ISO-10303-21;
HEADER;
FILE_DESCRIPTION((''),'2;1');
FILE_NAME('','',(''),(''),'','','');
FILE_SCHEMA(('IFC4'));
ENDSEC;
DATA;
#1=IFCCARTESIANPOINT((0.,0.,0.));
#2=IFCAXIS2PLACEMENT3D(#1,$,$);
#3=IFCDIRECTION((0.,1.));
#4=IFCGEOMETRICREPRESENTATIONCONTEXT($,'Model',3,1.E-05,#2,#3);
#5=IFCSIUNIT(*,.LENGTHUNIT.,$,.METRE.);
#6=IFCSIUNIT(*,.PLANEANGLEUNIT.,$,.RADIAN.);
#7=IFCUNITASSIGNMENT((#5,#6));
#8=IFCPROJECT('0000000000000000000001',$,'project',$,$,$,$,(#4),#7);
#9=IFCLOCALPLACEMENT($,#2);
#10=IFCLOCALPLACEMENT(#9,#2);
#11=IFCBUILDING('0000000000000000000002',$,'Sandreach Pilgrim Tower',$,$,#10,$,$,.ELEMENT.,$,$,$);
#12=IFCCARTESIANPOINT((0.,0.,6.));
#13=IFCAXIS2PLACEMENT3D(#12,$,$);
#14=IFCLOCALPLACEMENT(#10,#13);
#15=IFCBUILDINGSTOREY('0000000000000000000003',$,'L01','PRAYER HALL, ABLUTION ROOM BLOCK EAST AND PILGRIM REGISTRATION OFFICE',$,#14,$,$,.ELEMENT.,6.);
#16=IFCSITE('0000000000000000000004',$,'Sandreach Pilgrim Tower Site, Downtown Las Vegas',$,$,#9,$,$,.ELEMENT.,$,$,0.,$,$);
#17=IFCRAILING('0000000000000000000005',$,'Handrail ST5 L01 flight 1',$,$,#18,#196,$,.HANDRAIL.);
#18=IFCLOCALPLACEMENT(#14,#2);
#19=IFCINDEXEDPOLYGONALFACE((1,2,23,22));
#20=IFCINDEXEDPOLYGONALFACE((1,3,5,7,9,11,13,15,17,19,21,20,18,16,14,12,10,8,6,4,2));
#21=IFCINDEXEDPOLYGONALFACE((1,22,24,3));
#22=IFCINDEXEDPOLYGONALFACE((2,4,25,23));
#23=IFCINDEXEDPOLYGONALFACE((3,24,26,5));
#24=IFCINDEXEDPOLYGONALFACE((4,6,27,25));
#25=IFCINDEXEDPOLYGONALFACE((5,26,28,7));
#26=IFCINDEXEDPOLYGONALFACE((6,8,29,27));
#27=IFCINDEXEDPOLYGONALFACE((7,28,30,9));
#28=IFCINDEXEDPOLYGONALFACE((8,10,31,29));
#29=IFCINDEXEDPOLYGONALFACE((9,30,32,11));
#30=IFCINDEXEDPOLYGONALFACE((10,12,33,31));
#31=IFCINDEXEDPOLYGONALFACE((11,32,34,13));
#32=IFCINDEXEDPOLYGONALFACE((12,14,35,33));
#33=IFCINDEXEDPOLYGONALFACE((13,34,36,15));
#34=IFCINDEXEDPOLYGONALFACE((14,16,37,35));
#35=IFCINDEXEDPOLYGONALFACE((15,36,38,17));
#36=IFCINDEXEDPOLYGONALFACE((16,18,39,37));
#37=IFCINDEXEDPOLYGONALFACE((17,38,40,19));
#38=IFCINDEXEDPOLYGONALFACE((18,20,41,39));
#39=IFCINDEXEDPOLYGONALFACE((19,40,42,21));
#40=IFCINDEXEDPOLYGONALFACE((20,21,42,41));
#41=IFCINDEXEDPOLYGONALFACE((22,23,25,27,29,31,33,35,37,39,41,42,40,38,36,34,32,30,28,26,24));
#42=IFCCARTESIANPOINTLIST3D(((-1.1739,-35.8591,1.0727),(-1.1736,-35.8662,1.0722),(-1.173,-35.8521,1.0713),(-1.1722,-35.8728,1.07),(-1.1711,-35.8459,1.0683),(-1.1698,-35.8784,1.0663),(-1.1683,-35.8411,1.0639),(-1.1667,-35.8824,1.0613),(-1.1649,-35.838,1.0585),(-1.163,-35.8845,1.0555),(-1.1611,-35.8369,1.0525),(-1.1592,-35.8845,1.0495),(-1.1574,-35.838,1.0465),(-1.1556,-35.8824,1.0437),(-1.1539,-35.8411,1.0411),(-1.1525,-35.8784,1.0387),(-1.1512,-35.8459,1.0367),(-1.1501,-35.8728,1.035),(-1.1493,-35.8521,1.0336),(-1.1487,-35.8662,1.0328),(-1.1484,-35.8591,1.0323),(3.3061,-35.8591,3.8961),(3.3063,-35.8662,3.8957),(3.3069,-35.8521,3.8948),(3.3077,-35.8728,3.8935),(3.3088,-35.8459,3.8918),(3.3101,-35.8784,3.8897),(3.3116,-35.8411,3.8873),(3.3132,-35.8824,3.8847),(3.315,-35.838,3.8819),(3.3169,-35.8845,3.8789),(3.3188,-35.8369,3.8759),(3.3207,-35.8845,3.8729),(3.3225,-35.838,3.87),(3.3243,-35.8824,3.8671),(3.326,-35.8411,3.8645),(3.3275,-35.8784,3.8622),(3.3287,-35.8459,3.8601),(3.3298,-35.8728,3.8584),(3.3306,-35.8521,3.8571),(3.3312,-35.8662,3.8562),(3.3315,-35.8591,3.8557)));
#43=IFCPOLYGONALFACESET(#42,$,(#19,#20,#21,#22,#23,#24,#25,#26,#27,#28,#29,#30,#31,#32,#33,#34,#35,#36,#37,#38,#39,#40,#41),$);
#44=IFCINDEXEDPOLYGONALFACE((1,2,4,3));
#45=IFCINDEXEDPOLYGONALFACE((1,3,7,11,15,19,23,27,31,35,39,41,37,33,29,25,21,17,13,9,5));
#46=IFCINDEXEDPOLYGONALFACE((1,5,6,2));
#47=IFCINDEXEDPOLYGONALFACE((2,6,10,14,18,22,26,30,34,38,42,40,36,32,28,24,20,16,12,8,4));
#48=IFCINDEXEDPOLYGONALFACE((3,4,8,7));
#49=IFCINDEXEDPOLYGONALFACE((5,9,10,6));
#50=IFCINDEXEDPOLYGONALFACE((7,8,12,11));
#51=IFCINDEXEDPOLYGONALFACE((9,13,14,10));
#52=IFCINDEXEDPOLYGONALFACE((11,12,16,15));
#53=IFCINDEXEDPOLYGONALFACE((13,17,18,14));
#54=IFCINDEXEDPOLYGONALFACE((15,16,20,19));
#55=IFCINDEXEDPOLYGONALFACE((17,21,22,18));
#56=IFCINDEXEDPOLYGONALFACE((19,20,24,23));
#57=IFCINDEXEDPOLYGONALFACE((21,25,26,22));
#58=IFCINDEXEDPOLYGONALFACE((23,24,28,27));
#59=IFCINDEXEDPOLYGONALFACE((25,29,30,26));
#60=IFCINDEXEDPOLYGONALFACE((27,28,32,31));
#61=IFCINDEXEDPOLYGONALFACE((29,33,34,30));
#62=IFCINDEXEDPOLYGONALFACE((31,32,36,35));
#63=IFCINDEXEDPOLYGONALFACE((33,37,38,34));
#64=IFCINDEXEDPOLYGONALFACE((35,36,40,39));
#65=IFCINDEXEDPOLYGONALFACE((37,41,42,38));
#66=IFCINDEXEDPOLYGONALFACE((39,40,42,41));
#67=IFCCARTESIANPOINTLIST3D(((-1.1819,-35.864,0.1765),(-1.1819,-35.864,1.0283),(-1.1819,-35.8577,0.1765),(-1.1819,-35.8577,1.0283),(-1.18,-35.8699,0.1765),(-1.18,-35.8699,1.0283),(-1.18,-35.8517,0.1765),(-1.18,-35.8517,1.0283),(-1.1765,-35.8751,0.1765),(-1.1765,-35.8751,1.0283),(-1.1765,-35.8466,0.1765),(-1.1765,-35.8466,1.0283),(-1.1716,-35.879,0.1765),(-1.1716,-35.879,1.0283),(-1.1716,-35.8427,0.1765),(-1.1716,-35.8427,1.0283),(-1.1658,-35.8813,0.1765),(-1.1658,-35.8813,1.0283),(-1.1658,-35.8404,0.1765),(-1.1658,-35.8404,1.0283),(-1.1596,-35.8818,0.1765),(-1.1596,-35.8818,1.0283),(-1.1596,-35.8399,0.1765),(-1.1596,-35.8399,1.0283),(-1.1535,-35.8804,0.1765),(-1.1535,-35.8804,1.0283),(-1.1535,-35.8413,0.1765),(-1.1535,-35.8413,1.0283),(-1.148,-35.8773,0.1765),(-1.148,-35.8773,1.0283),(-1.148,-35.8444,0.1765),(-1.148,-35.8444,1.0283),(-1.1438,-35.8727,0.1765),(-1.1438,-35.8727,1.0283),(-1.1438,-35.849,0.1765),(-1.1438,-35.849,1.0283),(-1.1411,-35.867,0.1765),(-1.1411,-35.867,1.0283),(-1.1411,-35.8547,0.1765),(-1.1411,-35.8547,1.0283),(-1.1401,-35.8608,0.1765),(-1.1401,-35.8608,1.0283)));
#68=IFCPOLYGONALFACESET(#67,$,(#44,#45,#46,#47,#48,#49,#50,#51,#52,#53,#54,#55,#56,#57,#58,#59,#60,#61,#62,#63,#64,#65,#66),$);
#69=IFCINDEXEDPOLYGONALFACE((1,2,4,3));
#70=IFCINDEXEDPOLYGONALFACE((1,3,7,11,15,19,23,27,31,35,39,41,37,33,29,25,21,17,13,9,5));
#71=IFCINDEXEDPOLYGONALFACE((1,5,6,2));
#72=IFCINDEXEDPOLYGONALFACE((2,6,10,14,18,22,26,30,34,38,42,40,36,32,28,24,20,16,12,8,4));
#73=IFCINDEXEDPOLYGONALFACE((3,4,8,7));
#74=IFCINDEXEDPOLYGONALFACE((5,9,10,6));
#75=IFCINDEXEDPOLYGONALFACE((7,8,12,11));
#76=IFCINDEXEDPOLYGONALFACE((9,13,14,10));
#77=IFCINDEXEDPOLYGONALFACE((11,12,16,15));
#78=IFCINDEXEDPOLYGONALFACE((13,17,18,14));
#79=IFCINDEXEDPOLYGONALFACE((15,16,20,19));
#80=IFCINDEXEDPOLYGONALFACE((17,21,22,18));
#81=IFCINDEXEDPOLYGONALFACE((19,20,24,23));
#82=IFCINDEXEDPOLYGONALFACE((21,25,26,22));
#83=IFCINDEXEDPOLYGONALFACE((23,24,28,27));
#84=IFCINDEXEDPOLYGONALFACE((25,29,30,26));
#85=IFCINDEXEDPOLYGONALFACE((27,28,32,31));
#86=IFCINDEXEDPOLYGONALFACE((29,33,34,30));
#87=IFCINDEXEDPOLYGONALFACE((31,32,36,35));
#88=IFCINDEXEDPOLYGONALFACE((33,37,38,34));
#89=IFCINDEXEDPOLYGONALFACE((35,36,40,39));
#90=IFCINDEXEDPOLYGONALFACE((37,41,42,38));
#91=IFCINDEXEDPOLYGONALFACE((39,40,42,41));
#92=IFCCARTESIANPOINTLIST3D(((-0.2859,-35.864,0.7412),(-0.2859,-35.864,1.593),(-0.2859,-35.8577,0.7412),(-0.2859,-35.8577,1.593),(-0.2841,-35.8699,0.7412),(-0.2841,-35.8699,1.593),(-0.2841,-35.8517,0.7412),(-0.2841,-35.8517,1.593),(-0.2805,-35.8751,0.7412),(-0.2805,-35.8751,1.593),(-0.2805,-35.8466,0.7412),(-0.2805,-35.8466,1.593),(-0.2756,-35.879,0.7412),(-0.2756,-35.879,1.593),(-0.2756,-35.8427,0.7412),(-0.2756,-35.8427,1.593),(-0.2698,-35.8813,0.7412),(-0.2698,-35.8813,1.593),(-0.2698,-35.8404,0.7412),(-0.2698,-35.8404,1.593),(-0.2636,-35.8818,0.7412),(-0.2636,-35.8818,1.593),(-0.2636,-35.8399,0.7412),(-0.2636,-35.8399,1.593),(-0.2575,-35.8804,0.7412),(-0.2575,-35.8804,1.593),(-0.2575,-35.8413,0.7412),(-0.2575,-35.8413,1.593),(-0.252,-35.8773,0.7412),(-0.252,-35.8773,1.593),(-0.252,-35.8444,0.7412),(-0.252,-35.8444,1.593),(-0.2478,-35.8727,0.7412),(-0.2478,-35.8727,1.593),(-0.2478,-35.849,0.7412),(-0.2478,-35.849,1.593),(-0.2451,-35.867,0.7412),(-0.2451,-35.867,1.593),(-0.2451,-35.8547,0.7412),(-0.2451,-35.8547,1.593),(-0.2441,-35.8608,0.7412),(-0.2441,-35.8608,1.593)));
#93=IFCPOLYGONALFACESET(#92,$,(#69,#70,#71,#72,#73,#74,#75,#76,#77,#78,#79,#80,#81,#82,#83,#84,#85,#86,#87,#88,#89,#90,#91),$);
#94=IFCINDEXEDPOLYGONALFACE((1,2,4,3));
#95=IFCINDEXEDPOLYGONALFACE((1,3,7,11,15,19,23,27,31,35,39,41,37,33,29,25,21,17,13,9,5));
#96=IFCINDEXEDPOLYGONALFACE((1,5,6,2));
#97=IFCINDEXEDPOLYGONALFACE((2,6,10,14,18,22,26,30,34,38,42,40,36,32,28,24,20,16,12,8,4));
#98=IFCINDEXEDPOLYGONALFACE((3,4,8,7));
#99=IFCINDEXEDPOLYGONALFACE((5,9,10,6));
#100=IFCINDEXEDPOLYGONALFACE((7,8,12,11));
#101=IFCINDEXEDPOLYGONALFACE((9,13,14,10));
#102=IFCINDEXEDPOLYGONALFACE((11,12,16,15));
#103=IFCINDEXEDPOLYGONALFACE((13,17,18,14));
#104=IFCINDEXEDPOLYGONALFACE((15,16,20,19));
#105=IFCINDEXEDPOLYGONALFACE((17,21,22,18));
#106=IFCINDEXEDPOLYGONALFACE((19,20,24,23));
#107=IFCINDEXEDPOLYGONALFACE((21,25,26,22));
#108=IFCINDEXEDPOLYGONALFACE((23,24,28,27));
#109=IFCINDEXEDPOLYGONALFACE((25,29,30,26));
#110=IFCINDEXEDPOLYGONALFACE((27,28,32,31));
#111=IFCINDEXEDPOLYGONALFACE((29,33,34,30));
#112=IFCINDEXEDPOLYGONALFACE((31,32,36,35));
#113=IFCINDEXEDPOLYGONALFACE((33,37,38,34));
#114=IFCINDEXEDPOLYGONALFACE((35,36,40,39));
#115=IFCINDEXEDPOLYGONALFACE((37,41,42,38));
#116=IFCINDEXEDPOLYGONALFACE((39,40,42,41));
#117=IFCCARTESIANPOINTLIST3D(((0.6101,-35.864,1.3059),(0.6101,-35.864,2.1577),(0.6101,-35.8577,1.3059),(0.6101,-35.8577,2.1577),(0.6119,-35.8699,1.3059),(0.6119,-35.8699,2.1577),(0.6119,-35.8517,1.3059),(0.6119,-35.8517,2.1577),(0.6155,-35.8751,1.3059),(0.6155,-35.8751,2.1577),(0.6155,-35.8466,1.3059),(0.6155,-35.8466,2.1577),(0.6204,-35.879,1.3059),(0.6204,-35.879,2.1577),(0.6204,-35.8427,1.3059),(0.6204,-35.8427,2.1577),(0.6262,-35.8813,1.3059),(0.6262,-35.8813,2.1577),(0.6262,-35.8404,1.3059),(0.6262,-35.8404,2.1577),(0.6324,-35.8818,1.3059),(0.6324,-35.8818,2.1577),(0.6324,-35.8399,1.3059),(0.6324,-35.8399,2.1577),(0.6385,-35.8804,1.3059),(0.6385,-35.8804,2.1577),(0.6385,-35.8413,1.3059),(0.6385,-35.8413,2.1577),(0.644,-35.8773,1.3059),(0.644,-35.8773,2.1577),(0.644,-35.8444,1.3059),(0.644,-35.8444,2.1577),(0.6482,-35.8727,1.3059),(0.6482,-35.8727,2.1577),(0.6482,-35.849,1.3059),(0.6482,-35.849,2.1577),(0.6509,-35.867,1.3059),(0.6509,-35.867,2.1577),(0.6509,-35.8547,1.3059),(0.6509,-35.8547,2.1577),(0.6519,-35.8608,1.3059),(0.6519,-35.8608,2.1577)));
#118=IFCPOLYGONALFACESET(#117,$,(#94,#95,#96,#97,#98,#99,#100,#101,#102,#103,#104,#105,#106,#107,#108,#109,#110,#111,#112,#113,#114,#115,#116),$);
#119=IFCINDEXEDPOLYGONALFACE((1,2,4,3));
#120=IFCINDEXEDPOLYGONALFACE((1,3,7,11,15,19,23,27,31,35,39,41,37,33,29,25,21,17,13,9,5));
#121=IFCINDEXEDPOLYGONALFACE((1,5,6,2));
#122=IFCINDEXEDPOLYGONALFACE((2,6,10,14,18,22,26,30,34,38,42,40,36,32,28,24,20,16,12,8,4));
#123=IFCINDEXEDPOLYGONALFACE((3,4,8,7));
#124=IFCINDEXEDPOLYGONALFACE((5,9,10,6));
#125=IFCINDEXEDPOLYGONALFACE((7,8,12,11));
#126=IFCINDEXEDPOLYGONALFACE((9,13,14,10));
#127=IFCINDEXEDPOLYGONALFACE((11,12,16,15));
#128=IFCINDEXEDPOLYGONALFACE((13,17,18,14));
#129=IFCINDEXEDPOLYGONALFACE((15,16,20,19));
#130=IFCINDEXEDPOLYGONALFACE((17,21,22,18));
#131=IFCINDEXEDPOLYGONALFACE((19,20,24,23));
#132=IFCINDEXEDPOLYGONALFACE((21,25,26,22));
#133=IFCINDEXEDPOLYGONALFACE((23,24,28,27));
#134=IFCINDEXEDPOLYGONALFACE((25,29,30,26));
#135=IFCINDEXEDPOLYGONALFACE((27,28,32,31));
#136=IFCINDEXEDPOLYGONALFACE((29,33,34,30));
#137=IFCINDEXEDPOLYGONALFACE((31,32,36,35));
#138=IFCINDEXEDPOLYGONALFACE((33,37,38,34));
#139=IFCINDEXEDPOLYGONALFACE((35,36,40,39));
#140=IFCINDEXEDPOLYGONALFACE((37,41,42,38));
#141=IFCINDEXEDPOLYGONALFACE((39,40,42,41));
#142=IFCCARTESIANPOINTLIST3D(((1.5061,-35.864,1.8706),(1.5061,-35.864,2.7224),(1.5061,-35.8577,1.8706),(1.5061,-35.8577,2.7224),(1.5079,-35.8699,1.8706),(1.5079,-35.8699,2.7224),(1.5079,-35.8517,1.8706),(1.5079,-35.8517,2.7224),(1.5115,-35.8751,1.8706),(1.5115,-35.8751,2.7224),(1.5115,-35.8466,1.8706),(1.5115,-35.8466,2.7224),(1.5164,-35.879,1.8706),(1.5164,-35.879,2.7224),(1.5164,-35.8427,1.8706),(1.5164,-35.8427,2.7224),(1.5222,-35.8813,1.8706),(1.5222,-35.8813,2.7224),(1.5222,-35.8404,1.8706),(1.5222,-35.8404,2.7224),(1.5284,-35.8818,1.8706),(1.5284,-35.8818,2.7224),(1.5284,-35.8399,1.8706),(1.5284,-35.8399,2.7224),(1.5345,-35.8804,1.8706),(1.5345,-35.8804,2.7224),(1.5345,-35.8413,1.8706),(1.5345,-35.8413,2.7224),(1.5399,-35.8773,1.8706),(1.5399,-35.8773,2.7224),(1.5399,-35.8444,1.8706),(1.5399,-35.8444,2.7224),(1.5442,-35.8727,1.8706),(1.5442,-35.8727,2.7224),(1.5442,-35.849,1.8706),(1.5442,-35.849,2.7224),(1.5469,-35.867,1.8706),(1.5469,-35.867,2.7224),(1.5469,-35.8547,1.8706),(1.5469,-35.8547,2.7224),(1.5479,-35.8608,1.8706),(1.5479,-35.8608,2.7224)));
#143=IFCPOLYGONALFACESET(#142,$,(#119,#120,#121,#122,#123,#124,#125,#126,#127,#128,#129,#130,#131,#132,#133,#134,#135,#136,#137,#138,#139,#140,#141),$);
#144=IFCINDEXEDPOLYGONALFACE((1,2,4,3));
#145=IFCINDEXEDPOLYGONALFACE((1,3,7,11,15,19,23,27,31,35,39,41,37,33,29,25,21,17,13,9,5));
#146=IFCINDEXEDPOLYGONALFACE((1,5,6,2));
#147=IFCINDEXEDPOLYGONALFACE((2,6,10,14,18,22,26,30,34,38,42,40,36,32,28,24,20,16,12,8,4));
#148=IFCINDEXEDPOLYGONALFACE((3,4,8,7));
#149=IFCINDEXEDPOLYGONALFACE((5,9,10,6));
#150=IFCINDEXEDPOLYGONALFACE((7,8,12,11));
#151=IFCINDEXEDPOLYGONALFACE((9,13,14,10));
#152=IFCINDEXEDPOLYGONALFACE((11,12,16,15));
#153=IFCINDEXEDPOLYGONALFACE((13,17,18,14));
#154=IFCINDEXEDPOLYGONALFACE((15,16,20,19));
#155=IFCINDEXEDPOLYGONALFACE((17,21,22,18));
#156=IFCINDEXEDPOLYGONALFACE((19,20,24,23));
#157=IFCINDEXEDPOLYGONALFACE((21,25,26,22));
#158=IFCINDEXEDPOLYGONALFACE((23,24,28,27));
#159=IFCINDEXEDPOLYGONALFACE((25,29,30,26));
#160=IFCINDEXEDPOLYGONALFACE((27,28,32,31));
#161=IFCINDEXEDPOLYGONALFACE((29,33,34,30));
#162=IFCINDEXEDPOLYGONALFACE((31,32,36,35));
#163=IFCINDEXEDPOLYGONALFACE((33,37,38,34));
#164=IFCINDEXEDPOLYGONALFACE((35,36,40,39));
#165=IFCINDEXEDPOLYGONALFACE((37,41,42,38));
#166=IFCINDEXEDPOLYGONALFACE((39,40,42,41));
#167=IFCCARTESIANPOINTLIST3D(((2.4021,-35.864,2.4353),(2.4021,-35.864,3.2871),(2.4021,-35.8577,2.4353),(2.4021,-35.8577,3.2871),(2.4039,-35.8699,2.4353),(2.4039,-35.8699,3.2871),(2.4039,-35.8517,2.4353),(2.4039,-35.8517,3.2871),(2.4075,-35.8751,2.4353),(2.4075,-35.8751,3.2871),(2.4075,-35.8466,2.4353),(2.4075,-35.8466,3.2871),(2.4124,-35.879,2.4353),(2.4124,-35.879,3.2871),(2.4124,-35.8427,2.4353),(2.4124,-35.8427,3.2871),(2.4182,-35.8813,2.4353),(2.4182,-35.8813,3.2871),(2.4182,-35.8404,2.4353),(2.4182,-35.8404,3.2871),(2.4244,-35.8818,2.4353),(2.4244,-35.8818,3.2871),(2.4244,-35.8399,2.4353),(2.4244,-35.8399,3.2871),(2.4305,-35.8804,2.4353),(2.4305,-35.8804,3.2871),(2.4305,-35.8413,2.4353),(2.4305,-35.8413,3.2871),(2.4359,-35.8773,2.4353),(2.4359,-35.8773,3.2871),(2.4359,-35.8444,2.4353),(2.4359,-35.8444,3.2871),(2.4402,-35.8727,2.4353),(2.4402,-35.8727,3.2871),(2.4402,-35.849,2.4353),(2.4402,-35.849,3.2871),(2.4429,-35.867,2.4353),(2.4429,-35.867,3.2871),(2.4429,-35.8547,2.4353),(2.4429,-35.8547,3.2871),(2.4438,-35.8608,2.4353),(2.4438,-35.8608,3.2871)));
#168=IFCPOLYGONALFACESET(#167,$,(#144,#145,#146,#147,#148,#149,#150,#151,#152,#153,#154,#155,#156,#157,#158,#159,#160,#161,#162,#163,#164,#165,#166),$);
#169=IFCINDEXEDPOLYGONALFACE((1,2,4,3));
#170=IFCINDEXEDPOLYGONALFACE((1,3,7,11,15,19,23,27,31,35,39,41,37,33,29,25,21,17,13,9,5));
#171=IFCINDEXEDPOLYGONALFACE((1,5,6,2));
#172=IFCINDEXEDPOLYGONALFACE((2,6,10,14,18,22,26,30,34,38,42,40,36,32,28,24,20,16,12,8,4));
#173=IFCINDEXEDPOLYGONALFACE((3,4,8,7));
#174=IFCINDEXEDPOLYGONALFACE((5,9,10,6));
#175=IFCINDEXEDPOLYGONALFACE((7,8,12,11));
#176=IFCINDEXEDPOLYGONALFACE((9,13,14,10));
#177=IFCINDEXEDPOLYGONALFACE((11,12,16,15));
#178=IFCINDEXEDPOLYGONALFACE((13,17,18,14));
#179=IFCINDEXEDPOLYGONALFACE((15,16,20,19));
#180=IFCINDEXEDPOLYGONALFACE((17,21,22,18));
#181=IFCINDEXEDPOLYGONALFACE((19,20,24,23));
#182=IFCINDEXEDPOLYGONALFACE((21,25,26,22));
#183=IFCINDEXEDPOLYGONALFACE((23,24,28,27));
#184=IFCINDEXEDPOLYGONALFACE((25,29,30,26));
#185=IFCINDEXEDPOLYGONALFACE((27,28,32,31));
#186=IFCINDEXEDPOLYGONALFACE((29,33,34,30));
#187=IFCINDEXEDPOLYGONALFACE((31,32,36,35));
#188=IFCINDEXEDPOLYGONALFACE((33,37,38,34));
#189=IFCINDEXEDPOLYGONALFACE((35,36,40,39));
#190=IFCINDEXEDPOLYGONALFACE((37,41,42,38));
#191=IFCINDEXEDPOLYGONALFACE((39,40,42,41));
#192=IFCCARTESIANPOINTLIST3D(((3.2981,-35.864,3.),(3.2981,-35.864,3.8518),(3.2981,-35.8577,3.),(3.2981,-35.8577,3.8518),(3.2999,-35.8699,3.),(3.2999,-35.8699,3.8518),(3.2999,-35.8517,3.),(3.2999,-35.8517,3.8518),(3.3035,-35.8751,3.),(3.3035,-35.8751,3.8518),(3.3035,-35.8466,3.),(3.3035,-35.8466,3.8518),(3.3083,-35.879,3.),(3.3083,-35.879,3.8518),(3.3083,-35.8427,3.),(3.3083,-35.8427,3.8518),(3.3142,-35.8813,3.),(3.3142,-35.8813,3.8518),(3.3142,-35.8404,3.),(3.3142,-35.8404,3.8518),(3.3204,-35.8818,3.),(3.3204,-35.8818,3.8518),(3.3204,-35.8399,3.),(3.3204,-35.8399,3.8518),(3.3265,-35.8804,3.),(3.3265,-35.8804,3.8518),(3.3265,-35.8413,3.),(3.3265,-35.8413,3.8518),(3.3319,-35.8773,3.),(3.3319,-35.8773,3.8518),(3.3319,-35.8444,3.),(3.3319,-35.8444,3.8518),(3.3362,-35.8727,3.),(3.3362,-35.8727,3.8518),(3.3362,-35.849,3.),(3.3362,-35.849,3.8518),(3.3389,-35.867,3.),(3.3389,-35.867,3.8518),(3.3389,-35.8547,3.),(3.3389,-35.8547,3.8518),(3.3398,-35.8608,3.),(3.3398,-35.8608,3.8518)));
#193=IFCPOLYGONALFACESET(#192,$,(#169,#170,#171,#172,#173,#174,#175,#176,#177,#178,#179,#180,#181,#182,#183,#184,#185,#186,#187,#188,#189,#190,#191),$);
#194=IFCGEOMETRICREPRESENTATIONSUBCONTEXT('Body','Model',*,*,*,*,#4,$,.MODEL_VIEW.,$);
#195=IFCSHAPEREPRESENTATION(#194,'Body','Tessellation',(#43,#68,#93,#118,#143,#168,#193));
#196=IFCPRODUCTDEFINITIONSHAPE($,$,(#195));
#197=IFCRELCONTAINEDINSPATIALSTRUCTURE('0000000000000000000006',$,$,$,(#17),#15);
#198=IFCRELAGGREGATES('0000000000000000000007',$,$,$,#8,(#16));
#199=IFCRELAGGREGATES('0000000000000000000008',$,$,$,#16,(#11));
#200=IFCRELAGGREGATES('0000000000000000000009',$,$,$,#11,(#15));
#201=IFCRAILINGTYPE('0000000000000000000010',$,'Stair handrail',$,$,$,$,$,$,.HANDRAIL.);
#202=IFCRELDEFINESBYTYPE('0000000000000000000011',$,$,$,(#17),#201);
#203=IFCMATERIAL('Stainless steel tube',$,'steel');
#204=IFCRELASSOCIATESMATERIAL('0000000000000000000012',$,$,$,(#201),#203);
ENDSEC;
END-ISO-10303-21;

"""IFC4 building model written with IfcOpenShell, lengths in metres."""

from ifc_helpers import new_model, si_unit, direction, frame, origin, origin_2d, place, context, subcontext, project, spatial, circle, extrude, material, type_object, element, save


model = new_model("IFC4")

# Units and contexts
model_context = context("Model", 3, precision=1e-05, world=origin(), true_north=direction((0.0, 1.0)))
body_context = subcontext(model_context, "Body", "Model", "MODEL_VIEW")
ifc_project = project(units=[si_unit("LENGTHUNIT", "METRE"), si_unit("PLANEANGLEUNIT", "RADIAN")], contexts=[model_context])

# Site, building, storey
site_placement = place(None, origin())
site = spatial("IfcSite", under=ifc_project, at=site_placement, Name="Sandreach Pilgrim Tower Site, Downtown Las Vegas", CompositionType="ELEMENT", RefElevation=0.0)
building_placement = place(site_placement, origin())
building = spatial("IfcBuilding", under=site, at=building_placement, Name="Sandreach Pilgrim Tower", CompositionType="ELEMENT")
storey_placement = place(building_placement, frame((0.0, 0.0, 6.0)))
storey = spatial("IfcBuildingStorey", under=building, at=storey_placement, Name="L01", Description="PRAYER HALL, ABLUTION ROOM BLOCK EAST AND PILGRIM REGISTRATION OFFICE", CompositionType="ELEMENT", Elevation=6.0)

# Railing
ifc_material_1 = material(Name="Stainless steel tube", Category="steel")
railing_type = type_object("IfcRailingType", Name="Stair handrail", PredefinedType="HANDRAIL", material=ifc_material_1)
for number, where, name in (
    (1, (-1.1611, -35.8608, 0.1765), "Handrail ST5 L01 flight 1"),
):
    element("IfcRailing", number, at=place(storey_placement, frame(where)), inside=storey, type_object=railing_type, Name=name, PredefinedType="HANDRAIL", context=body_context, shape_type="SweptSolid", body=[
        extrude(circle(Radius=0.0239, at=origin_2d()), frame((0.0, 0.0, 0.876), z_axis=(0.845998, 0.0, 0.533186), x_axis=(0.0, 1.0, 0.0)), (0.0, 0.0, 1.0), 5.2954),
        extrude(circle(Radius=0.021, at=origin_2d()), origin(), (0.0, 0.0, 1.0), 0.8518),
        extrude(circle(Radius=0.021, at=origin_2d()), frame((0.896, 0.0, 0.5647)), (0.0, 0.0, 1.0), 0.8518),
        extrude(circle(Radius=0.021, at=origin_2d()), frame((1.792, 0.0, 1.1294)), (0.0, 0.0, 1.0), 0.8518),
        extrude(circle(Radius=0.021, at=origin_2d()), frame((2.688, 0.0, 1.6941)), (0.0, 0.0, 1.0), 0.8518),
        extrude(circle(Radius=0.021, at=origin_2d()), frame((3.584, 0.0, 2.2588)), (0.0, 0.0, 1.0), 0.8518),
        extrude(circle(Radius=0.021, at=origin_2d()), frame((4.48, 0.0, 2.8235)), (0.0, 0.0, 1.0), 0.8518),
    ])

save(model, "model.ifc")
